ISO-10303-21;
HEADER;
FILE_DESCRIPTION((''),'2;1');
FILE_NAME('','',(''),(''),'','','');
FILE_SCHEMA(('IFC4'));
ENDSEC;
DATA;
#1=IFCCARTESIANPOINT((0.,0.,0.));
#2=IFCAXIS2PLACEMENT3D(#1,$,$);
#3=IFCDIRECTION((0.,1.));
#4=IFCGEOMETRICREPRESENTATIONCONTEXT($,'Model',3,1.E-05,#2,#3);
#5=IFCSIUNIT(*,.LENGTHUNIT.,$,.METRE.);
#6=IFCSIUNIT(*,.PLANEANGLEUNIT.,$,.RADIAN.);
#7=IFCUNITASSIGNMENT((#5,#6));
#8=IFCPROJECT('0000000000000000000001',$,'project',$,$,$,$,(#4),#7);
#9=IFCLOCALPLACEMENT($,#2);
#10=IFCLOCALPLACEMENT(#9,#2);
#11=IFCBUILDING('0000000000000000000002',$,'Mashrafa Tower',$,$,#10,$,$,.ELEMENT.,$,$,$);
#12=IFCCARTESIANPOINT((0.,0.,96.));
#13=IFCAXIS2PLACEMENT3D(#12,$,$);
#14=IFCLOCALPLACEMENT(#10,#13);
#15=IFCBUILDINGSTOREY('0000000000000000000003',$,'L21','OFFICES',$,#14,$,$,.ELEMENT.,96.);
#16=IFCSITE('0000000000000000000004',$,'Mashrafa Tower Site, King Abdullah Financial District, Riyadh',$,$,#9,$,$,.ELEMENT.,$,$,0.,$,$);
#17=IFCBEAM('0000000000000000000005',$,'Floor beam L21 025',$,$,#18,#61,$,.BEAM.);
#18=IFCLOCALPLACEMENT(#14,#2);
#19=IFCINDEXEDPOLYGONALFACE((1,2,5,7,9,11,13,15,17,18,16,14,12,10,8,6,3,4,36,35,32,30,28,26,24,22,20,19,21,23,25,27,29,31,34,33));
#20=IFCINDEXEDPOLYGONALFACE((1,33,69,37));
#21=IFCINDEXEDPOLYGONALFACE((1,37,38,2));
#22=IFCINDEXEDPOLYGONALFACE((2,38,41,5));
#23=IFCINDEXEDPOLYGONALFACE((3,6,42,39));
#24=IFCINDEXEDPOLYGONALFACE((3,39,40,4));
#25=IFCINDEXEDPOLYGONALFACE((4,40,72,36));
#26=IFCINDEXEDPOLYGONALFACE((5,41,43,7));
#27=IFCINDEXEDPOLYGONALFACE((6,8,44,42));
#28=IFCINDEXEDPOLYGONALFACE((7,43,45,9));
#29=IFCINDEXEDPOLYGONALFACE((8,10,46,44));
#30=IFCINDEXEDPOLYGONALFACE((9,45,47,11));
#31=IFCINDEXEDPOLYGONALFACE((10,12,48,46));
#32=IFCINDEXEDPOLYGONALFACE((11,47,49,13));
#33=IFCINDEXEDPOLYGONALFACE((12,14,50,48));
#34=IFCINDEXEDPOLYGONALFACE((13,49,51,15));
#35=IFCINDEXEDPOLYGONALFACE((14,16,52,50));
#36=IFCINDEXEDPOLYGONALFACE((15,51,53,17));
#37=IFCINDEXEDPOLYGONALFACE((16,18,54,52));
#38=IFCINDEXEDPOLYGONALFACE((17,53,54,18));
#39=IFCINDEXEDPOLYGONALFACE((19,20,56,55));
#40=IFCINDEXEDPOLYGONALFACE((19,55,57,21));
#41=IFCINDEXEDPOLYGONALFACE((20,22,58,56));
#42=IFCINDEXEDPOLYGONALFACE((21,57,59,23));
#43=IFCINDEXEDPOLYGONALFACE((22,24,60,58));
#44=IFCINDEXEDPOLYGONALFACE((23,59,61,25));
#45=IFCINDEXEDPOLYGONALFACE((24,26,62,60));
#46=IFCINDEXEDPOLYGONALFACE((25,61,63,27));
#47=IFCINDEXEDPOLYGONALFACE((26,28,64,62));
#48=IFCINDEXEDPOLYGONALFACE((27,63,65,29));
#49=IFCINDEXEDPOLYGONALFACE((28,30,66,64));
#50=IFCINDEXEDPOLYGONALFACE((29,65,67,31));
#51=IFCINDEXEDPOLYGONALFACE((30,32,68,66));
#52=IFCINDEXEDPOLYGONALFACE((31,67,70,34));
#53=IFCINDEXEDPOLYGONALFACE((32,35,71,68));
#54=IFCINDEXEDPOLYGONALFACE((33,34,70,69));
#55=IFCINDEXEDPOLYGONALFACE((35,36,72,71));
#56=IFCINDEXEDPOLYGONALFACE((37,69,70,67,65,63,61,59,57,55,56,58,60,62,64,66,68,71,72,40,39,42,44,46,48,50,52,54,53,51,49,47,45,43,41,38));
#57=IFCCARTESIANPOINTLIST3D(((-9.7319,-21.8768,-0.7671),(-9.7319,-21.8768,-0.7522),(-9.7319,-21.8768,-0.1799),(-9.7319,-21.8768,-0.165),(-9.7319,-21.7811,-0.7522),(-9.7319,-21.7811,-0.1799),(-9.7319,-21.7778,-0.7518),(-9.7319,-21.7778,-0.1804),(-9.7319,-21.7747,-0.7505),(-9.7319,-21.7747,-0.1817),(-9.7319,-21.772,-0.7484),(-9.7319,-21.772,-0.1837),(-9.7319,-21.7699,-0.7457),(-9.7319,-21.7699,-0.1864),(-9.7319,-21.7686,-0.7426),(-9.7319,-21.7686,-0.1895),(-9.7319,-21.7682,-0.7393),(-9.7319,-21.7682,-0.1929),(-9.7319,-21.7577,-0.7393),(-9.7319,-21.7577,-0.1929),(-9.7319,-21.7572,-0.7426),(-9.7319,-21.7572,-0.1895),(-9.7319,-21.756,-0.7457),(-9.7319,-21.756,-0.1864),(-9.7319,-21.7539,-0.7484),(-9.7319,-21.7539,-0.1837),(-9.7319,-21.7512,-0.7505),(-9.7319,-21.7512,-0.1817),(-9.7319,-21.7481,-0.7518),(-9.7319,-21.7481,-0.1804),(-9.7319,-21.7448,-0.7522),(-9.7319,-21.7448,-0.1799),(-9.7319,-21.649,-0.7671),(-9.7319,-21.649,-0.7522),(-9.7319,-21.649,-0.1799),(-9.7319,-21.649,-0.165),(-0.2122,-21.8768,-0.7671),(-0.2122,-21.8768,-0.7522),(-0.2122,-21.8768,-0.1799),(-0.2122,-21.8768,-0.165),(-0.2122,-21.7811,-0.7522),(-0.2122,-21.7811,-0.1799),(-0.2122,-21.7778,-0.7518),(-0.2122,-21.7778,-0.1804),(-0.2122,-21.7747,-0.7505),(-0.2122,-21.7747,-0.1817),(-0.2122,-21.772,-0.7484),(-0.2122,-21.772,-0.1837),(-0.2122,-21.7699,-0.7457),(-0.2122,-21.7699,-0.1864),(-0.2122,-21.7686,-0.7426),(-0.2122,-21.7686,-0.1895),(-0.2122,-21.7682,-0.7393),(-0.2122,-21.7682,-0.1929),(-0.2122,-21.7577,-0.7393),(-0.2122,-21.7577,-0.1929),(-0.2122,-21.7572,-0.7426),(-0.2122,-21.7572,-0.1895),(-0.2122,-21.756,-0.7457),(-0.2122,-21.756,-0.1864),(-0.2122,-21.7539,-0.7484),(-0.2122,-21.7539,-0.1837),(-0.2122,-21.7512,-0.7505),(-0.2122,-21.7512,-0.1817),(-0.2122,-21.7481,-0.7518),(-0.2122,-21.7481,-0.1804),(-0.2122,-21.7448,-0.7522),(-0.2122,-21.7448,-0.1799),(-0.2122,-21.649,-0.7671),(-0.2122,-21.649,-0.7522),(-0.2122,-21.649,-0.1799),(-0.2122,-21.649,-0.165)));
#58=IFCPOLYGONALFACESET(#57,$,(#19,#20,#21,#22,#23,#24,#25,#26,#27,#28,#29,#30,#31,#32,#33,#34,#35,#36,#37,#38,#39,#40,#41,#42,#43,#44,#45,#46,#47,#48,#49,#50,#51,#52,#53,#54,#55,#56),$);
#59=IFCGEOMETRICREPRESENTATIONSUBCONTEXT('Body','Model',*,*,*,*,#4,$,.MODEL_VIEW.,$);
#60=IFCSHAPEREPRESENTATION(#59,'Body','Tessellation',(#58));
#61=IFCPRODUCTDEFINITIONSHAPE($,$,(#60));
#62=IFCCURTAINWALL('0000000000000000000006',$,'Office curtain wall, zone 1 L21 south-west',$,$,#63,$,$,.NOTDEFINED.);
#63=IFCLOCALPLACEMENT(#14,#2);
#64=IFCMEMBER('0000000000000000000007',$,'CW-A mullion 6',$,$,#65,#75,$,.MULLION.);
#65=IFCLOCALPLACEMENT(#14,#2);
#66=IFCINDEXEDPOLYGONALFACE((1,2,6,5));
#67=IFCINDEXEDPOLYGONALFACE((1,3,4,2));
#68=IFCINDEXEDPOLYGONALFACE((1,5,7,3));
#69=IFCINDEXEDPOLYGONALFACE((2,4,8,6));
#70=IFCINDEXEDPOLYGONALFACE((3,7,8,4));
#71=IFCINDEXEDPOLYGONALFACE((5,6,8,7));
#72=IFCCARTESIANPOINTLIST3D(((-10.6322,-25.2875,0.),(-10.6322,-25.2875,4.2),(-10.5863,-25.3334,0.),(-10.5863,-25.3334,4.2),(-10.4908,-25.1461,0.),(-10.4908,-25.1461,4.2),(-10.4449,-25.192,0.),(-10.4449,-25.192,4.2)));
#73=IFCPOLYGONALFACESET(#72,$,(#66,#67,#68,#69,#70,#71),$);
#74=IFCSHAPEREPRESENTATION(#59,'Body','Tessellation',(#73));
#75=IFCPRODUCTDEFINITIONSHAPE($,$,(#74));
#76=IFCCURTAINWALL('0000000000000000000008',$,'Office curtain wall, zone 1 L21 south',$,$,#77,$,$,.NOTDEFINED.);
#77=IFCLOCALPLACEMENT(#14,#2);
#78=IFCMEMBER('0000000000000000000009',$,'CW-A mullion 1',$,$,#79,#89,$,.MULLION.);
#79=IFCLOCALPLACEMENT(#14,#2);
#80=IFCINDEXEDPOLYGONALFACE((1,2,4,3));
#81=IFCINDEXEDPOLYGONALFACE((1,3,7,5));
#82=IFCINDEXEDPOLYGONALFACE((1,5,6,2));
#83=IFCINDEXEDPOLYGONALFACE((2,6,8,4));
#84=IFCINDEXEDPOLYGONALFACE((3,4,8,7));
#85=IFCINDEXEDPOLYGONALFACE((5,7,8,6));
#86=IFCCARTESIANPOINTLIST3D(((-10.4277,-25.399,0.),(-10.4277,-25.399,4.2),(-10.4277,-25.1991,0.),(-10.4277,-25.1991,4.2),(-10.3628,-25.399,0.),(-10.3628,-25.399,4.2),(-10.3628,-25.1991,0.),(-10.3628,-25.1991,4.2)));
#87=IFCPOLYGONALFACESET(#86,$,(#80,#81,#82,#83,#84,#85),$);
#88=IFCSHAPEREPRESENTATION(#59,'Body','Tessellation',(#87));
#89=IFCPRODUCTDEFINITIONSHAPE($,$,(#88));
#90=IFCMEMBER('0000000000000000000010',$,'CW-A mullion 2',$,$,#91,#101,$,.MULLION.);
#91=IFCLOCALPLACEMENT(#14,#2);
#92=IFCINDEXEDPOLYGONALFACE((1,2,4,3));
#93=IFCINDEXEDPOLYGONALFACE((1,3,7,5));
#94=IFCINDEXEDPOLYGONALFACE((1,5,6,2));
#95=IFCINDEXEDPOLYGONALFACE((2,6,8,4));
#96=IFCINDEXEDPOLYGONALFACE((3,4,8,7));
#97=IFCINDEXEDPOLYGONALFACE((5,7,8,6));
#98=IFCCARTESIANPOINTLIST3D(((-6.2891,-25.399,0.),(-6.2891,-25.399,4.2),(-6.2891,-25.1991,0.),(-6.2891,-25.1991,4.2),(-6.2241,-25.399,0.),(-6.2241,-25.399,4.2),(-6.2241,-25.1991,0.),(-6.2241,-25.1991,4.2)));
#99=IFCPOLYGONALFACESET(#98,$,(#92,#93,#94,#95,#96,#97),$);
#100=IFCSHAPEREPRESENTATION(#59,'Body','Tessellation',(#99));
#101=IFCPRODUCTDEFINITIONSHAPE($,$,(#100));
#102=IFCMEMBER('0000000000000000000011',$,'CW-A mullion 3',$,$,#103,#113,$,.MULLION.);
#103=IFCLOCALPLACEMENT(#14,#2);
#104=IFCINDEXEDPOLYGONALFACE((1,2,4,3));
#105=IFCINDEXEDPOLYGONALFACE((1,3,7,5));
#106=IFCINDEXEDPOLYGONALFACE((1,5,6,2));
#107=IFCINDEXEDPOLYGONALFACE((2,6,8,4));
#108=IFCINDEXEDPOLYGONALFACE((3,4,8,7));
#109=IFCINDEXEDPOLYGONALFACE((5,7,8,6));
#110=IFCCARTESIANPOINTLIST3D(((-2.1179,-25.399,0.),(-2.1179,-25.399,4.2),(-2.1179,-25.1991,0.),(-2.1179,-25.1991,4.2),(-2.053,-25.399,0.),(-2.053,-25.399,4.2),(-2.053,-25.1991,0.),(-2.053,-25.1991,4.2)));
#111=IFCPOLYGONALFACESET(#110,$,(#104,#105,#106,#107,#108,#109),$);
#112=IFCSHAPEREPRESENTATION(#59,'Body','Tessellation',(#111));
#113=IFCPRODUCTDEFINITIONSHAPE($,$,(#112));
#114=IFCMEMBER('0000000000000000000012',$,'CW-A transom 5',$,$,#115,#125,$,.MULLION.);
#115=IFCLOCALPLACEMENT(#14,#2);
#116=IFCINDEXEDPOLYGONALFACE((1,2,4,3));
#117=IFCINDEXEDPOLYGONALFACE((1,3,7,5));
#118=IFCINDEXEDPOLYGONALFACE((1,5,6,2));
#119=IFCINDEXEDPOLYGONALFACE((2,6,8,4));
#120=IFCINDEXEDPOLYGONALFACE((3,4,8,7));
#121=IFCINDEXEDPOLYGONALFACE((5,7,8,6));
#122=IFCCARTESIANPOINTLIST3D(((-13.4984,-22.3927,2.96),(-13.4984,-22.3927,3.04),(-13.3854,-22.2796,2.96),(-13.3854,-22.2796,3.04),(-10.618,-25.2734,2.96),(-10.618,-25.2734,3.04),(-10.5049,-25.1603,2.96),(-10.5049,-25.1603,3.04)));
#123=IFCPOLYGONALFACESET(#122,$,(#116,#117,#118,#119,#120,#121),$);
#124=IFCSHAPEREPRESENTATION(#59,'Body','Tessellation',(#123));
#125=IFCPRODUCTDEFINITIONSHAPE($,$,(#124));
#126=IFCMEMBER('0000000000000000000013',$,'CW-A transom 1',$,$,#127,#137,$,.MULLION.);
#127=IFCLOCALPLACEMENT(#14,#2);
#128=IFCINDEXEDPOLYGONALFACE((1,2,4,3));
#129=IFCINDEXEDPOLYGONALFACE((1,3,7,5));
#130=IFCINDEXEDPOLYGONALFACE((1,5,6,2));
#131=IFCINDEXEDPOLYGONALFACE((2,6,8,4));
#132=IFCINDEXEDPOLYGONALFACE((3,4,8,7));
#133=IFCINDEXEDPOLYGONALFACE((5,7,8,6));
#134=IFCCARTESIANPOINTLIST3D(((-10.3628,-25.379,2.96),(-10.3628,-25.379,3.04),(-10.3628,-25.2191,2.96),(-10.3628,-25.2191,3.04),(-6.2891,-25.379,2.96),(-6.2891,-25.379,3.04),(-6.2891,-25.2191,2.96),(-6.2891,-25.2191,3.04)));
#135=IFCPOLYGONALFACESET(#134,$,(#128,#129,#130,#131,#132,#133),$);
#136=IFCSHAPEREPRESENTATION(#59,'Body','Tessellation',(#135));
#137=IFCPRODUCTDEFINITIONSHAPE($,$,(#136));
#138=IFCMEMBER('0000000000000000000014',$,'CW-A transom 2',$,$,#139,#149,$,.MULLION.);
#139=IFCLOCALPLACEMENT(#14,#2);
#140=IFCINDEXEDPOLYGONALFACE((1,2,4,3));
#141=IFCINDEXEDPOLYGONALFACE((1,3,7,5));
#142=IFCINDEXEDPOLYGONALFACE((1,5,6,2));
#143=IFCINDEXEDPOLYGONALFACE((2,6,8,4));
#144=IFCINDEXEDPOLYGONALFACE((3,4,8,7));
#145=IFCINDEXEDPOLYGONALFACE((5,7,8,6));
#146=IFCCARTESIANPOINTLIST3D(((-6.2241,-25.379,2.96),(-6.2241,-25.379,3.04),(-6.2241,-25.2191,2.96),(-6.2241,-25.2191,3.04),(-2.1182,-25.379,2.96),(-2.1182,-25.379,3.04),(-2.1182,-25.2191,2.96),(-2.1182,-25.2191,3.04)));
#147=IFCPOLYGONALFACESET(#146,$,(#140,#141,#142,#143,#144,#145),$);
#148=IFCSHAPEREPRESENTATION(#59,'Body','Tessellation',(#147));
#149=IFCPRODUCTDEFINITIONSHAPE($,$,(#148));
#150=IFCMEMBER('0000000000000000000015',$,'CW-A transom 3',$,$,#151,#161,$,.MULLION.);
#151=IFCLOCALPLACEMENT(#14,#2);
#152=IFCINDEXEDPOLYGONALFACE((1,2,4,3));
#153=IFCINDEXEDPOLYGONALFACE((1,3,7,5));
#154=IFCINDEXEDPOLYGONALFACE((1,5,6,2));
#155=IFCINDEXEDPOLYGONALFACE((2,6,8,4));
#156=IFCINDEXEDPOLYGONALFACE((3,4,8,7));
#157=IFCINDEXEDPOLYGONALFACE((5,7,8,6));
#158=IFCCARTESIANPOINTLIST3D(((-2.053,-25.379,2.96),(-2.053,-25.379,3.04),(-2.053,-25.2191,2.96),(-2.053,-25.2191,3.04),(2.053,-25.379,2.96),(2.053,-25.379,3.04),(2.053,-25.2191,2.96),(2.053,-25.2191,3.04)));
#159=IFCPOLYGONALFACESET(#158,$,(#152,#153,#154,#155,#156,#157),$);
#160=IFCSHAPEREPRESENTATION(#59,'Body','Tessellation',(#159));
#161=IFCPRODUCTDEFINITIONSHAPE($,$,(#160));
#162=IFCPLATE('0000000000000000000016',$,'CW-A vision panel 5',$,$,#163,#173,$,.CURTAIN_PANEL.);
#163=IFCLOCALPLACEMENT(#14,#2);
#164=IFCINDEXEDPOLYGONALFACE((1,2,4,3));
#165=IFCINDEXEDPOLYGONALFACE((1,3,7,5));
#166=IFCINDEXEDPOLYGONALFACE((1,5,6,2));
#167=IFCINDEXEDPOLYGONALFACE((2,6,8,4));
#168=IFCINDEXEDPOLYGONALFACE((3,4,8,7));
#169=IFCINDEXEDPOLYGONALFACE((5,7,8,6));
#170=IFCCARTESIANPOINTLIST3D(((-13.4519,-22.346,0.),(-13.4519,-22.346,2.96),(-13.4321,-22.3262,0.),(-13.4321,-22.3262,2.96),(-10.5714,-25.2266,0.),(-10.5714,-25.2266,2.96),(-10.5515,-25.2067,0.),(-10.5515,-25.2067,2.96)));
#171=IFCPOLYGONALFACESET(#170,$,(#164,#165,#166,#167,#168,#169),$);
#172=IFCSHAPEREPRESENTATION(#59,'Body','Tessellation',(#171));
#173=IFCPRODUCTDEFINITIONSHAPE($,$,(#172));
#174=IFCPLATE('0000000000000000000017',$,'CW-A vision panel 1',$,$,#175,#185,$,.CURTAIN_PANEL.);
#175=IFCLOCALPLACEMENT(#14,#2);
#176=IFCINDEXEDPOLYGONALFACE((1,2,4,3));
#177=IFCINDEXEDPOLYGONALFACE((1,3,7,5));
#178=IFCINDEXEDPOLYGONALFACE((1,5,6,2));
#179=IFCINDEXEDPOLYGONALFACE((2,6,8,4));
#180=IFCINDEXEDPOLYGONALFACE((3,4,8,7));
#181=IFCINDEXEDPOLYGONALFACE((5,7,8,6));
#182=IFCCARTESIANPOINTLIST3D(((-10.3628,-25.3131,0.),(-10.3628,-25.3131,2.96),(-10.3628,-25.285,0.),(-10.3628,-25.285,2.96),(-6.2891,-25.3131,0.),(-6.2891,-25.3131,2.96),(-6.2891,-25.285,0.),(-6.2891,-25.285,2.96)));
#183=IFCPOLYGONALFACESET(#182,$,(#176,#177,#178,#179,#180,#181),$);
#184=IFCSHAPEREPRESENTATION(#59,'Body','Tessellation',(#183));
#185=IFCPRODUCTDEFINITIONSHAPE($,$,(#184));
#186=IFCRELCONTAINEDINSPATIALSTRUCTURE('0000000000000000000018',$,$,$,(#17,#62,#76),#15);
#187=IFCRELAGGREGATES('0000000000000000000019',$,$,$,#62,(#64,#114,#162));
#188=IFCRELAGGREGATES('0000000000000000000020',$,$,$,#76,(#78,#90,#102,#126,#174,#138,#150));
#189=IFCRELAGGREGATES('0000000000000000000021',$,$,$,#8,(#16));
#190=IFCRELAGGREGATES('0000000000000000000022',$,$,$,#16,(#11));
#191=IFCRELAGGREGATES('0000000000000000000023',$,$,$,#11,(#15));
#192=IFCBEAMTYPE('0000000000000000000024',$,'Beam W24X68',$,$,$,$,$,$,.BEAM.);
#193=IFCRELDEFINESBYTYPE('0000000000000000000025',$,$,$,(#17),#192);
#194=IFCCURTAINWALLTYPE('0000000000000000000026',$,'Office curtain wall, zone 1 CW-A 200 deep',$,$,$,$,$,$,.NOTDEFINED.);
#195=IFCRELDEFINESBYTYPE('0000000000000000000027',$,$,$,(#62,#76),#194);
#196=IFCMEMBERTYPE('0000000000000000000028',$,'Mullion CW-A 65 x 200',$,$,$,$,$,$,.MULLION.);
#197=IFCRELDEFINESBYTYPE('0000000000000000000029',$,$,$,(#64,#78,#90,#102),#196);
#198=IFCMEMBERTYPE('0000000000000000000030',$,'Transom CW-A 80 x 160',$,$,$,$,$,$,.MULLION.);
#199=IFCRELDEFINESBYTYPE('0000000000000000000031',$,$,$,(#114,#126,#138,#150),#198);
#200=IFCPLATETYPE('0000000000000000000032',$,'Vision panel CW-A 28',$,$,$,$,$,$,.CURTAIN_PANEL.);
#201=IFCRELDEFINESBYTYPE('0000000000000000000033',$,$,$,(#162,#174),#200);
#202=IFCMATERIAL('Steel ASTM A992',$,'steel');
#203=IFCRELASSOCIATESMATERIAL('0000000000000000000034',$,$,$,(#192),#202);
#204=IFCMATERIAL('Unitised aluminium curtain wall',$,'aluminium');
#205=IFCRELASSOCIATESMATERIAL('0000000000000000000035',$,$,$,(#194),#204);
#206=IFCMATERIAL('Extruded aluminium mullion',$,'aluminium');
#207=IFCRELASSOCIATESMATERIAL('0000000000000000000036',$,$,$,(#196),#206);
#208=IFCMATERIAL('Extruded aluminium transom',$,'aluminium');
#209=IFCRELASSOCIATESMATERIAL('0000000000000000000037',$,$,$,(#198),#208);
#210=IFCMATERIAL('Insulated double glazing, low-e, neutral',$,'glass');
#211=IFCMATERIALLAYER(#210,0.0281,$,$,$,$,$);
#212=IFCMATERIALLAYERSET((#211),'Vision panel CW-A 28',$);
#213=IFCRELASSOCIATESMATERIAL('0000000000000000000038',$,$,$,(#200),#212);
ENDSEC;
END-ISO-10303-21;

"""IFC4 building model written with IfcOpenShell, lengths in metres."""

from ifc_helpers import new_model, si_unit, direction, frame, origin, origin_2d, place, context, subcontext, project, spatial, rectangle, i_section, extrude, source, transform, mapped, material, layer, layer_set, material_profile, profile_set, type_object, type_shapes, element, aggregate, save


model = new_model("IFC4")

# Units and contexts
model_context = context("Model", 3, precision=1e-05, world=origin(), true_north=direction((0.0, 1.0)))
body_context = subcontext(model_context, "Body", "Model", "MODEL_VIEW")
ifc_project = project(units=[si_unit("LENGTHUNIT", "METRE"), si_unit("PLANEANGLEUNIT", "RADIAN")], contexts=[model_context])

# Site, building, storey
site_placement = place(None, origin())
site = spatial("IfcSite", under=ifc_project, at=site_placement, Name="Mashrafa Tower Site, King Abdullah Financial District, Riyadh", CompositionType="ELEMENT", RefElevation=0.0)
building_placement = place(site_placement, origin())
building = spatial("IfcBuilding", under=site, at=building_placement, Name="Mashrafa Tower", CompositionType="ELEMENT")
storey_placement = place(building_placement, frame((0.0, 0.0, 96.0)))
storey = spatial("IfcBuildingStorey", under=building, at=storey_placement, Name="L21", Description="OFFICES", CompositionType="ELEMENT", Elevation=96.0)

# Beam
ifc_material_1 = material(Name="Steel ASTM A992", Category="steel")
ifc_material_profile_1 = material_profile(ifc_material_1, i_section(OverallWidth=0.2278, OverallDepth=0.6021, WebThickness=0.0105, FlangeThickness=0.0149, FilletRadius=0.0129, at=origin_2d()), Name="W24X68")
ifc_profile_set_1 = profile_set([ifc_material_profile_1], Name="Steel ASTM A992")
beam_type_1 = type_object("IfcBeamType", Name="Beam W24X68", PredefinedType="BEAM", material=ifc_profile_set_1)
beam_1_placement = place(storey_placement, frame((-0.2122, -21.7629, -0.4661), z_axis=(-1.0, 0.0, 0.0), x_axis=(0.0, -1.0, 0.0)))
element("IfcBeam", 1, at=beam_1_placement, inside=storey, type_object=beam_type_1, Name="Floor beam L21 025", PredefinedType="BEAM", context=body_context, shape_type="SweptSolid", body=[
    extrude(i_section(OverallWidth=0.2278, OverallDepth=0.6021, WebThickness=0.0105, FlangeThickness=0.0149, FilletRadius=0.0129, at=origin_2d()), origin(), (0.0, 0.0, 1.0), 9.5198),
])

# Curtain wall, member
ifc_material_2 = material(Name="Unitised aluminium curtain wall", Category="aluminium")
curtain_wall_type = type_object("IfcCurtainWallType", Name="Office curtain wall, zone 1 CW-A 200 deep", PredefinedType="NOTDEFINED", material=ifc_material_2)
curtain_wall_1_placement = place(storey_placement, origin())
curtain_wall_1 = element("IfcCurtainWall", 2, at=curtain_wall_1_placement, inside=storey, type_object=curtain_wall_type, Name="Office curtain wall, zone 1 L21 south-west", PredefinedType="NOTDEFINED")
ifc_material_3 = material(Name="Extruded aluminium mullion", Category="aluminium")
ifc_material_profile_2 = material_profile(ifc_material_3, rectangle(XDim=0.2, YDim=0.0649, at=origin_2d()), Name="Mullion 65x200")
ifc_profile_set_2 = profile_set([ifc_material_profile_2], Name="Extruded aluminium mullion")
member_type_1 = type_object("IfcMemberType", Name="Mullion CW-A 65 x 200", PredefinedType="MULLION", material=ifc_profile_set_2)
shared_shape_1 = source(origin(), body_context, "Body", "SweptSolid", [
    extrude(rectangle(XDim=0.2, YDim=0.0649, at=origin_2d()), origin(), (0.0, 0.0, 1.0), 4.2),
])
type_shapes(member_type_1, [shared_shape_1])
member_1_placement = place(storey_placement, frame((-10.5386, -25.2397, 0.0), z_axis=(0.0, 0.0, 1.0), x_axis=(0.707107, 0.707107, 0.0)))
member_1 = element("IfcMember", 3, at=member_1_placement, type_object=member_type_1, Name="CW-A mullion 6", PredefinedType="MULLION", context=body_context, shape_type="MappedRepresentation", body=[
    mapped(shared_shape_1, transform((0.0, 0.0, 0.0))),
])

# Curtain wall, members
curtain_wall_2_placement = place(storey_placement, origin())
curtain_wall_2 = element("IfcCurtainWall", 4, at=curtain_wall_2_placement, inside=storey, type_object=curtain_wall_type, Name="Office curtain wall, zone 1 L21 south", PredefinedType="NOTDEFINED")
member_2_placement = place(storey_placement, frame((-10.3953, -25.2991, 0.0), z_axis=(0.0, 0.0, 1.0), x_axis=(0.0, 1.0, 0.0)))
member_2 = element("IfcMember", 5, at=member_2_placement, type_object=member_type_1, Name="CW-A mullion 1", PredefinedType="MULLION", context=body_context, shape_type="MappedRepresentation", body=[
    mapped(shared_shape_1, transform((0.0, 0.0, 0.0))),
])
member_3_placement = place(storey_placement, frame((-6.2566, -25.2991, 0.0), z_axis=(0.0, 0.0, 1.0), x_axis=(0.0, 1.0, 0.0)))
member_3 = element("IfcMember", 6, at=member_3_placement, type_object=member_type_1, Name="CW-A mullion 2", PredefinedType="MULLION", context=body_context, shape_type="MappedRepresentation", body=[
    mapped(shared_shape_1, transform((0.0, 0.0, 0.0))),
])
member_4_placement = place(storey_placement, frame((-2.0854, -25.2991, 0.0), z_axis=(0.0, 0.0, 1.0), x_axis=(0.0, 1.0, 0.0)))
member_4 = element("IfcMember", 7, at=member_4_placement, type_object=member_type_1, Name="CW-A mullion 3", PredefinedType="MULLION", context=body_context, shape_type="MappedRepresentation", body=[
    mapped(shared_shape_1, transform((0.0, 0.0, 0.0))),
])

# Members
ifc_material_4 = material(Name="Extruded aluminium transom", Category="aluminium")
ifc_material_profile_3 = material_profile(ifc_material_4, rectangle(XDim=0.1599, YDim=0.0801, at=origin_2d()), Name="Transom 80x160")
ifc_profile_set_3 = profile_set([ifc_material_profile_3], Name="Extruded aluminium transom")
member_type_2 = type_object("IfcMemberType", Name="Transom CW-A 80 x 160", PredefinedType="MULLION", material=ifc_profile_set_3)
shared_shape_2 = source(origin(), body_context, "Body", "SweptSolid", [
    extrude(rectangle(XDim=0.1599, YDim=0.0801, at=origin_2d()), origin(), (0.0, 0.0, 1.0), 4.0737),
])
member_5_placement = place(storey_placement, frame((-13.4419, -22.3362, 3.0), z_axis=(0.707077, -0.707137, 0.0), x_axis=(0.707137, 0.707077, 0.0)))
member_5 = element("IfcMember", 8, at=member_5_placement, type_object=member_type_2, Name="CW-A transom 5", PredefinedType="MULLION", context=body_context, shape_type="MappedRepresentation", body=[
    mapped(shared_shape_2, transform((0.0, 0.0, 0.0))),
])
member_6_placement = place(storey_placement, frame((-10.3628, -25.2991, 3.0), z_axis=(1.0, 0.0, 0.0), x_axis=(0.0, 1.0, 0.0)))
member_6 = element("IfcMember", 9, at=member_6_placement, type_object=member_type_2, Name="CW-A transom 1", PredefinedType="MULLION", context=body_context, shape_type="MappedRepresentation", body=[
    mapped(shared_shape_2, transform((0.0, 0.0, 0.0))),
])
shared_shape_3 = source(origin(), body_context, "Body", "SweptSolid", [
    extrude(rectangle(XDim=0.1599, YDim=0.0801, at=origin_2d()), origin(), (0.0, 0.0, 1.0), 4.106),
])
type_shapes(member_type_2, [shared_shape_2, shared_shape_3])
member_7_placement = place(storey_placement, frame((-6.2241, -25.2991, 3.0), z_axis=(1.0, 0.0, 0.0), x_axis=(0.0, 1.0, 0.0)))
member_7 = element("IfcMember", 10, at=member_7_placement, type_object=member_type_2, Name="CW-A transom 2", PredefinedType="MULLION", context=body_context, shape_type="MappedRepresentation", body=[
    mapped(shared_shape_3, transform((0.0, 0.0, 0.0))),
])
member_8_placement = place(storey_placement, frame((-2.053, -25.2991, 3.0), z_axis=(1.0, 0.0, 0.0), x_axis=(0.0, 1.0, 0.0)))
member_8 = element("IfcMember", 11, at=member_8_placement, type_object=member_type_2, Name="CW-A transom 3", PredefinedType="MULLION", context=body_context, shape_type="MappedRepresentation", body=[
    mapped(shared_shape_3, transform((0.0, 0.0, 0.0))),
])

# Plates
ifc_material_5 = material(Name="Insulated double glazing, low-e, neutral", Category="glass")
ifc_layer_1 = layer(ifc_material_5, 0.0281)
ifc_layer_set_1 = layer_set([ifc_layer_1], Name="Vision panel CW-A 28")
plate_type_1 = type_object("IfcPlateType", Name="Vision panel CW-A 28", PredefinedType="CURTAIN_PANEL", material=ifc_layer_set_1)
shared_shape_4 = source(origin(), body_context, "Body", "SweptSolid", [
    extrude(rectangle(XDim=4.0737, YDim=0.0281, at=origin_2d()), origin(), (0.0, 0.0, 1.0), 2.96),
])
plate_1_placement = place(storey_placement, frame((-12.0017, -23.7764, 0.0), z_axis=(0.0, 0.0, 1.0), x_axis=(0.707107, -0.707107, 0.0)))
plate_1 = element("IfcPlate", 12, at=plate_1_placement, type_object=plate_type_1, Name="CW-A vision panel 5", PredefinedType="CURTAIN_PANEL", context=body_context, shape_type="MappedRepresentation", body=[
    mapped(shared_shape_4, transform((0.0, 0.0, 0.0))),
])
plate_2_placement = place(storey_placement, frame((-8.3259, -25.2991, 0.0), z_axis=(0.0, 0.0, 1.0), x_axis=(1.0, 0.0, 0.0)))
plate_2 = element("IfcPlate", 13, at=plate_2_placement, type_object=plate_type_1, Name="CW-A vision panel 1", PredefinedType="CURTAIN_PANEL", context=body_context, shape_type="MappedRepresentation", body=[
    mapped(shared_shape_4, transform((0.0, 0.0, 0.0))),
])
aggregate(curtain_wall_1, [member_1, member_5, plate_1])
aggregate(curtain_wall_2, [member_2, member_3, member_4, member_6, plate_2, member_7, member_8])

save(model, "model.ifc")
